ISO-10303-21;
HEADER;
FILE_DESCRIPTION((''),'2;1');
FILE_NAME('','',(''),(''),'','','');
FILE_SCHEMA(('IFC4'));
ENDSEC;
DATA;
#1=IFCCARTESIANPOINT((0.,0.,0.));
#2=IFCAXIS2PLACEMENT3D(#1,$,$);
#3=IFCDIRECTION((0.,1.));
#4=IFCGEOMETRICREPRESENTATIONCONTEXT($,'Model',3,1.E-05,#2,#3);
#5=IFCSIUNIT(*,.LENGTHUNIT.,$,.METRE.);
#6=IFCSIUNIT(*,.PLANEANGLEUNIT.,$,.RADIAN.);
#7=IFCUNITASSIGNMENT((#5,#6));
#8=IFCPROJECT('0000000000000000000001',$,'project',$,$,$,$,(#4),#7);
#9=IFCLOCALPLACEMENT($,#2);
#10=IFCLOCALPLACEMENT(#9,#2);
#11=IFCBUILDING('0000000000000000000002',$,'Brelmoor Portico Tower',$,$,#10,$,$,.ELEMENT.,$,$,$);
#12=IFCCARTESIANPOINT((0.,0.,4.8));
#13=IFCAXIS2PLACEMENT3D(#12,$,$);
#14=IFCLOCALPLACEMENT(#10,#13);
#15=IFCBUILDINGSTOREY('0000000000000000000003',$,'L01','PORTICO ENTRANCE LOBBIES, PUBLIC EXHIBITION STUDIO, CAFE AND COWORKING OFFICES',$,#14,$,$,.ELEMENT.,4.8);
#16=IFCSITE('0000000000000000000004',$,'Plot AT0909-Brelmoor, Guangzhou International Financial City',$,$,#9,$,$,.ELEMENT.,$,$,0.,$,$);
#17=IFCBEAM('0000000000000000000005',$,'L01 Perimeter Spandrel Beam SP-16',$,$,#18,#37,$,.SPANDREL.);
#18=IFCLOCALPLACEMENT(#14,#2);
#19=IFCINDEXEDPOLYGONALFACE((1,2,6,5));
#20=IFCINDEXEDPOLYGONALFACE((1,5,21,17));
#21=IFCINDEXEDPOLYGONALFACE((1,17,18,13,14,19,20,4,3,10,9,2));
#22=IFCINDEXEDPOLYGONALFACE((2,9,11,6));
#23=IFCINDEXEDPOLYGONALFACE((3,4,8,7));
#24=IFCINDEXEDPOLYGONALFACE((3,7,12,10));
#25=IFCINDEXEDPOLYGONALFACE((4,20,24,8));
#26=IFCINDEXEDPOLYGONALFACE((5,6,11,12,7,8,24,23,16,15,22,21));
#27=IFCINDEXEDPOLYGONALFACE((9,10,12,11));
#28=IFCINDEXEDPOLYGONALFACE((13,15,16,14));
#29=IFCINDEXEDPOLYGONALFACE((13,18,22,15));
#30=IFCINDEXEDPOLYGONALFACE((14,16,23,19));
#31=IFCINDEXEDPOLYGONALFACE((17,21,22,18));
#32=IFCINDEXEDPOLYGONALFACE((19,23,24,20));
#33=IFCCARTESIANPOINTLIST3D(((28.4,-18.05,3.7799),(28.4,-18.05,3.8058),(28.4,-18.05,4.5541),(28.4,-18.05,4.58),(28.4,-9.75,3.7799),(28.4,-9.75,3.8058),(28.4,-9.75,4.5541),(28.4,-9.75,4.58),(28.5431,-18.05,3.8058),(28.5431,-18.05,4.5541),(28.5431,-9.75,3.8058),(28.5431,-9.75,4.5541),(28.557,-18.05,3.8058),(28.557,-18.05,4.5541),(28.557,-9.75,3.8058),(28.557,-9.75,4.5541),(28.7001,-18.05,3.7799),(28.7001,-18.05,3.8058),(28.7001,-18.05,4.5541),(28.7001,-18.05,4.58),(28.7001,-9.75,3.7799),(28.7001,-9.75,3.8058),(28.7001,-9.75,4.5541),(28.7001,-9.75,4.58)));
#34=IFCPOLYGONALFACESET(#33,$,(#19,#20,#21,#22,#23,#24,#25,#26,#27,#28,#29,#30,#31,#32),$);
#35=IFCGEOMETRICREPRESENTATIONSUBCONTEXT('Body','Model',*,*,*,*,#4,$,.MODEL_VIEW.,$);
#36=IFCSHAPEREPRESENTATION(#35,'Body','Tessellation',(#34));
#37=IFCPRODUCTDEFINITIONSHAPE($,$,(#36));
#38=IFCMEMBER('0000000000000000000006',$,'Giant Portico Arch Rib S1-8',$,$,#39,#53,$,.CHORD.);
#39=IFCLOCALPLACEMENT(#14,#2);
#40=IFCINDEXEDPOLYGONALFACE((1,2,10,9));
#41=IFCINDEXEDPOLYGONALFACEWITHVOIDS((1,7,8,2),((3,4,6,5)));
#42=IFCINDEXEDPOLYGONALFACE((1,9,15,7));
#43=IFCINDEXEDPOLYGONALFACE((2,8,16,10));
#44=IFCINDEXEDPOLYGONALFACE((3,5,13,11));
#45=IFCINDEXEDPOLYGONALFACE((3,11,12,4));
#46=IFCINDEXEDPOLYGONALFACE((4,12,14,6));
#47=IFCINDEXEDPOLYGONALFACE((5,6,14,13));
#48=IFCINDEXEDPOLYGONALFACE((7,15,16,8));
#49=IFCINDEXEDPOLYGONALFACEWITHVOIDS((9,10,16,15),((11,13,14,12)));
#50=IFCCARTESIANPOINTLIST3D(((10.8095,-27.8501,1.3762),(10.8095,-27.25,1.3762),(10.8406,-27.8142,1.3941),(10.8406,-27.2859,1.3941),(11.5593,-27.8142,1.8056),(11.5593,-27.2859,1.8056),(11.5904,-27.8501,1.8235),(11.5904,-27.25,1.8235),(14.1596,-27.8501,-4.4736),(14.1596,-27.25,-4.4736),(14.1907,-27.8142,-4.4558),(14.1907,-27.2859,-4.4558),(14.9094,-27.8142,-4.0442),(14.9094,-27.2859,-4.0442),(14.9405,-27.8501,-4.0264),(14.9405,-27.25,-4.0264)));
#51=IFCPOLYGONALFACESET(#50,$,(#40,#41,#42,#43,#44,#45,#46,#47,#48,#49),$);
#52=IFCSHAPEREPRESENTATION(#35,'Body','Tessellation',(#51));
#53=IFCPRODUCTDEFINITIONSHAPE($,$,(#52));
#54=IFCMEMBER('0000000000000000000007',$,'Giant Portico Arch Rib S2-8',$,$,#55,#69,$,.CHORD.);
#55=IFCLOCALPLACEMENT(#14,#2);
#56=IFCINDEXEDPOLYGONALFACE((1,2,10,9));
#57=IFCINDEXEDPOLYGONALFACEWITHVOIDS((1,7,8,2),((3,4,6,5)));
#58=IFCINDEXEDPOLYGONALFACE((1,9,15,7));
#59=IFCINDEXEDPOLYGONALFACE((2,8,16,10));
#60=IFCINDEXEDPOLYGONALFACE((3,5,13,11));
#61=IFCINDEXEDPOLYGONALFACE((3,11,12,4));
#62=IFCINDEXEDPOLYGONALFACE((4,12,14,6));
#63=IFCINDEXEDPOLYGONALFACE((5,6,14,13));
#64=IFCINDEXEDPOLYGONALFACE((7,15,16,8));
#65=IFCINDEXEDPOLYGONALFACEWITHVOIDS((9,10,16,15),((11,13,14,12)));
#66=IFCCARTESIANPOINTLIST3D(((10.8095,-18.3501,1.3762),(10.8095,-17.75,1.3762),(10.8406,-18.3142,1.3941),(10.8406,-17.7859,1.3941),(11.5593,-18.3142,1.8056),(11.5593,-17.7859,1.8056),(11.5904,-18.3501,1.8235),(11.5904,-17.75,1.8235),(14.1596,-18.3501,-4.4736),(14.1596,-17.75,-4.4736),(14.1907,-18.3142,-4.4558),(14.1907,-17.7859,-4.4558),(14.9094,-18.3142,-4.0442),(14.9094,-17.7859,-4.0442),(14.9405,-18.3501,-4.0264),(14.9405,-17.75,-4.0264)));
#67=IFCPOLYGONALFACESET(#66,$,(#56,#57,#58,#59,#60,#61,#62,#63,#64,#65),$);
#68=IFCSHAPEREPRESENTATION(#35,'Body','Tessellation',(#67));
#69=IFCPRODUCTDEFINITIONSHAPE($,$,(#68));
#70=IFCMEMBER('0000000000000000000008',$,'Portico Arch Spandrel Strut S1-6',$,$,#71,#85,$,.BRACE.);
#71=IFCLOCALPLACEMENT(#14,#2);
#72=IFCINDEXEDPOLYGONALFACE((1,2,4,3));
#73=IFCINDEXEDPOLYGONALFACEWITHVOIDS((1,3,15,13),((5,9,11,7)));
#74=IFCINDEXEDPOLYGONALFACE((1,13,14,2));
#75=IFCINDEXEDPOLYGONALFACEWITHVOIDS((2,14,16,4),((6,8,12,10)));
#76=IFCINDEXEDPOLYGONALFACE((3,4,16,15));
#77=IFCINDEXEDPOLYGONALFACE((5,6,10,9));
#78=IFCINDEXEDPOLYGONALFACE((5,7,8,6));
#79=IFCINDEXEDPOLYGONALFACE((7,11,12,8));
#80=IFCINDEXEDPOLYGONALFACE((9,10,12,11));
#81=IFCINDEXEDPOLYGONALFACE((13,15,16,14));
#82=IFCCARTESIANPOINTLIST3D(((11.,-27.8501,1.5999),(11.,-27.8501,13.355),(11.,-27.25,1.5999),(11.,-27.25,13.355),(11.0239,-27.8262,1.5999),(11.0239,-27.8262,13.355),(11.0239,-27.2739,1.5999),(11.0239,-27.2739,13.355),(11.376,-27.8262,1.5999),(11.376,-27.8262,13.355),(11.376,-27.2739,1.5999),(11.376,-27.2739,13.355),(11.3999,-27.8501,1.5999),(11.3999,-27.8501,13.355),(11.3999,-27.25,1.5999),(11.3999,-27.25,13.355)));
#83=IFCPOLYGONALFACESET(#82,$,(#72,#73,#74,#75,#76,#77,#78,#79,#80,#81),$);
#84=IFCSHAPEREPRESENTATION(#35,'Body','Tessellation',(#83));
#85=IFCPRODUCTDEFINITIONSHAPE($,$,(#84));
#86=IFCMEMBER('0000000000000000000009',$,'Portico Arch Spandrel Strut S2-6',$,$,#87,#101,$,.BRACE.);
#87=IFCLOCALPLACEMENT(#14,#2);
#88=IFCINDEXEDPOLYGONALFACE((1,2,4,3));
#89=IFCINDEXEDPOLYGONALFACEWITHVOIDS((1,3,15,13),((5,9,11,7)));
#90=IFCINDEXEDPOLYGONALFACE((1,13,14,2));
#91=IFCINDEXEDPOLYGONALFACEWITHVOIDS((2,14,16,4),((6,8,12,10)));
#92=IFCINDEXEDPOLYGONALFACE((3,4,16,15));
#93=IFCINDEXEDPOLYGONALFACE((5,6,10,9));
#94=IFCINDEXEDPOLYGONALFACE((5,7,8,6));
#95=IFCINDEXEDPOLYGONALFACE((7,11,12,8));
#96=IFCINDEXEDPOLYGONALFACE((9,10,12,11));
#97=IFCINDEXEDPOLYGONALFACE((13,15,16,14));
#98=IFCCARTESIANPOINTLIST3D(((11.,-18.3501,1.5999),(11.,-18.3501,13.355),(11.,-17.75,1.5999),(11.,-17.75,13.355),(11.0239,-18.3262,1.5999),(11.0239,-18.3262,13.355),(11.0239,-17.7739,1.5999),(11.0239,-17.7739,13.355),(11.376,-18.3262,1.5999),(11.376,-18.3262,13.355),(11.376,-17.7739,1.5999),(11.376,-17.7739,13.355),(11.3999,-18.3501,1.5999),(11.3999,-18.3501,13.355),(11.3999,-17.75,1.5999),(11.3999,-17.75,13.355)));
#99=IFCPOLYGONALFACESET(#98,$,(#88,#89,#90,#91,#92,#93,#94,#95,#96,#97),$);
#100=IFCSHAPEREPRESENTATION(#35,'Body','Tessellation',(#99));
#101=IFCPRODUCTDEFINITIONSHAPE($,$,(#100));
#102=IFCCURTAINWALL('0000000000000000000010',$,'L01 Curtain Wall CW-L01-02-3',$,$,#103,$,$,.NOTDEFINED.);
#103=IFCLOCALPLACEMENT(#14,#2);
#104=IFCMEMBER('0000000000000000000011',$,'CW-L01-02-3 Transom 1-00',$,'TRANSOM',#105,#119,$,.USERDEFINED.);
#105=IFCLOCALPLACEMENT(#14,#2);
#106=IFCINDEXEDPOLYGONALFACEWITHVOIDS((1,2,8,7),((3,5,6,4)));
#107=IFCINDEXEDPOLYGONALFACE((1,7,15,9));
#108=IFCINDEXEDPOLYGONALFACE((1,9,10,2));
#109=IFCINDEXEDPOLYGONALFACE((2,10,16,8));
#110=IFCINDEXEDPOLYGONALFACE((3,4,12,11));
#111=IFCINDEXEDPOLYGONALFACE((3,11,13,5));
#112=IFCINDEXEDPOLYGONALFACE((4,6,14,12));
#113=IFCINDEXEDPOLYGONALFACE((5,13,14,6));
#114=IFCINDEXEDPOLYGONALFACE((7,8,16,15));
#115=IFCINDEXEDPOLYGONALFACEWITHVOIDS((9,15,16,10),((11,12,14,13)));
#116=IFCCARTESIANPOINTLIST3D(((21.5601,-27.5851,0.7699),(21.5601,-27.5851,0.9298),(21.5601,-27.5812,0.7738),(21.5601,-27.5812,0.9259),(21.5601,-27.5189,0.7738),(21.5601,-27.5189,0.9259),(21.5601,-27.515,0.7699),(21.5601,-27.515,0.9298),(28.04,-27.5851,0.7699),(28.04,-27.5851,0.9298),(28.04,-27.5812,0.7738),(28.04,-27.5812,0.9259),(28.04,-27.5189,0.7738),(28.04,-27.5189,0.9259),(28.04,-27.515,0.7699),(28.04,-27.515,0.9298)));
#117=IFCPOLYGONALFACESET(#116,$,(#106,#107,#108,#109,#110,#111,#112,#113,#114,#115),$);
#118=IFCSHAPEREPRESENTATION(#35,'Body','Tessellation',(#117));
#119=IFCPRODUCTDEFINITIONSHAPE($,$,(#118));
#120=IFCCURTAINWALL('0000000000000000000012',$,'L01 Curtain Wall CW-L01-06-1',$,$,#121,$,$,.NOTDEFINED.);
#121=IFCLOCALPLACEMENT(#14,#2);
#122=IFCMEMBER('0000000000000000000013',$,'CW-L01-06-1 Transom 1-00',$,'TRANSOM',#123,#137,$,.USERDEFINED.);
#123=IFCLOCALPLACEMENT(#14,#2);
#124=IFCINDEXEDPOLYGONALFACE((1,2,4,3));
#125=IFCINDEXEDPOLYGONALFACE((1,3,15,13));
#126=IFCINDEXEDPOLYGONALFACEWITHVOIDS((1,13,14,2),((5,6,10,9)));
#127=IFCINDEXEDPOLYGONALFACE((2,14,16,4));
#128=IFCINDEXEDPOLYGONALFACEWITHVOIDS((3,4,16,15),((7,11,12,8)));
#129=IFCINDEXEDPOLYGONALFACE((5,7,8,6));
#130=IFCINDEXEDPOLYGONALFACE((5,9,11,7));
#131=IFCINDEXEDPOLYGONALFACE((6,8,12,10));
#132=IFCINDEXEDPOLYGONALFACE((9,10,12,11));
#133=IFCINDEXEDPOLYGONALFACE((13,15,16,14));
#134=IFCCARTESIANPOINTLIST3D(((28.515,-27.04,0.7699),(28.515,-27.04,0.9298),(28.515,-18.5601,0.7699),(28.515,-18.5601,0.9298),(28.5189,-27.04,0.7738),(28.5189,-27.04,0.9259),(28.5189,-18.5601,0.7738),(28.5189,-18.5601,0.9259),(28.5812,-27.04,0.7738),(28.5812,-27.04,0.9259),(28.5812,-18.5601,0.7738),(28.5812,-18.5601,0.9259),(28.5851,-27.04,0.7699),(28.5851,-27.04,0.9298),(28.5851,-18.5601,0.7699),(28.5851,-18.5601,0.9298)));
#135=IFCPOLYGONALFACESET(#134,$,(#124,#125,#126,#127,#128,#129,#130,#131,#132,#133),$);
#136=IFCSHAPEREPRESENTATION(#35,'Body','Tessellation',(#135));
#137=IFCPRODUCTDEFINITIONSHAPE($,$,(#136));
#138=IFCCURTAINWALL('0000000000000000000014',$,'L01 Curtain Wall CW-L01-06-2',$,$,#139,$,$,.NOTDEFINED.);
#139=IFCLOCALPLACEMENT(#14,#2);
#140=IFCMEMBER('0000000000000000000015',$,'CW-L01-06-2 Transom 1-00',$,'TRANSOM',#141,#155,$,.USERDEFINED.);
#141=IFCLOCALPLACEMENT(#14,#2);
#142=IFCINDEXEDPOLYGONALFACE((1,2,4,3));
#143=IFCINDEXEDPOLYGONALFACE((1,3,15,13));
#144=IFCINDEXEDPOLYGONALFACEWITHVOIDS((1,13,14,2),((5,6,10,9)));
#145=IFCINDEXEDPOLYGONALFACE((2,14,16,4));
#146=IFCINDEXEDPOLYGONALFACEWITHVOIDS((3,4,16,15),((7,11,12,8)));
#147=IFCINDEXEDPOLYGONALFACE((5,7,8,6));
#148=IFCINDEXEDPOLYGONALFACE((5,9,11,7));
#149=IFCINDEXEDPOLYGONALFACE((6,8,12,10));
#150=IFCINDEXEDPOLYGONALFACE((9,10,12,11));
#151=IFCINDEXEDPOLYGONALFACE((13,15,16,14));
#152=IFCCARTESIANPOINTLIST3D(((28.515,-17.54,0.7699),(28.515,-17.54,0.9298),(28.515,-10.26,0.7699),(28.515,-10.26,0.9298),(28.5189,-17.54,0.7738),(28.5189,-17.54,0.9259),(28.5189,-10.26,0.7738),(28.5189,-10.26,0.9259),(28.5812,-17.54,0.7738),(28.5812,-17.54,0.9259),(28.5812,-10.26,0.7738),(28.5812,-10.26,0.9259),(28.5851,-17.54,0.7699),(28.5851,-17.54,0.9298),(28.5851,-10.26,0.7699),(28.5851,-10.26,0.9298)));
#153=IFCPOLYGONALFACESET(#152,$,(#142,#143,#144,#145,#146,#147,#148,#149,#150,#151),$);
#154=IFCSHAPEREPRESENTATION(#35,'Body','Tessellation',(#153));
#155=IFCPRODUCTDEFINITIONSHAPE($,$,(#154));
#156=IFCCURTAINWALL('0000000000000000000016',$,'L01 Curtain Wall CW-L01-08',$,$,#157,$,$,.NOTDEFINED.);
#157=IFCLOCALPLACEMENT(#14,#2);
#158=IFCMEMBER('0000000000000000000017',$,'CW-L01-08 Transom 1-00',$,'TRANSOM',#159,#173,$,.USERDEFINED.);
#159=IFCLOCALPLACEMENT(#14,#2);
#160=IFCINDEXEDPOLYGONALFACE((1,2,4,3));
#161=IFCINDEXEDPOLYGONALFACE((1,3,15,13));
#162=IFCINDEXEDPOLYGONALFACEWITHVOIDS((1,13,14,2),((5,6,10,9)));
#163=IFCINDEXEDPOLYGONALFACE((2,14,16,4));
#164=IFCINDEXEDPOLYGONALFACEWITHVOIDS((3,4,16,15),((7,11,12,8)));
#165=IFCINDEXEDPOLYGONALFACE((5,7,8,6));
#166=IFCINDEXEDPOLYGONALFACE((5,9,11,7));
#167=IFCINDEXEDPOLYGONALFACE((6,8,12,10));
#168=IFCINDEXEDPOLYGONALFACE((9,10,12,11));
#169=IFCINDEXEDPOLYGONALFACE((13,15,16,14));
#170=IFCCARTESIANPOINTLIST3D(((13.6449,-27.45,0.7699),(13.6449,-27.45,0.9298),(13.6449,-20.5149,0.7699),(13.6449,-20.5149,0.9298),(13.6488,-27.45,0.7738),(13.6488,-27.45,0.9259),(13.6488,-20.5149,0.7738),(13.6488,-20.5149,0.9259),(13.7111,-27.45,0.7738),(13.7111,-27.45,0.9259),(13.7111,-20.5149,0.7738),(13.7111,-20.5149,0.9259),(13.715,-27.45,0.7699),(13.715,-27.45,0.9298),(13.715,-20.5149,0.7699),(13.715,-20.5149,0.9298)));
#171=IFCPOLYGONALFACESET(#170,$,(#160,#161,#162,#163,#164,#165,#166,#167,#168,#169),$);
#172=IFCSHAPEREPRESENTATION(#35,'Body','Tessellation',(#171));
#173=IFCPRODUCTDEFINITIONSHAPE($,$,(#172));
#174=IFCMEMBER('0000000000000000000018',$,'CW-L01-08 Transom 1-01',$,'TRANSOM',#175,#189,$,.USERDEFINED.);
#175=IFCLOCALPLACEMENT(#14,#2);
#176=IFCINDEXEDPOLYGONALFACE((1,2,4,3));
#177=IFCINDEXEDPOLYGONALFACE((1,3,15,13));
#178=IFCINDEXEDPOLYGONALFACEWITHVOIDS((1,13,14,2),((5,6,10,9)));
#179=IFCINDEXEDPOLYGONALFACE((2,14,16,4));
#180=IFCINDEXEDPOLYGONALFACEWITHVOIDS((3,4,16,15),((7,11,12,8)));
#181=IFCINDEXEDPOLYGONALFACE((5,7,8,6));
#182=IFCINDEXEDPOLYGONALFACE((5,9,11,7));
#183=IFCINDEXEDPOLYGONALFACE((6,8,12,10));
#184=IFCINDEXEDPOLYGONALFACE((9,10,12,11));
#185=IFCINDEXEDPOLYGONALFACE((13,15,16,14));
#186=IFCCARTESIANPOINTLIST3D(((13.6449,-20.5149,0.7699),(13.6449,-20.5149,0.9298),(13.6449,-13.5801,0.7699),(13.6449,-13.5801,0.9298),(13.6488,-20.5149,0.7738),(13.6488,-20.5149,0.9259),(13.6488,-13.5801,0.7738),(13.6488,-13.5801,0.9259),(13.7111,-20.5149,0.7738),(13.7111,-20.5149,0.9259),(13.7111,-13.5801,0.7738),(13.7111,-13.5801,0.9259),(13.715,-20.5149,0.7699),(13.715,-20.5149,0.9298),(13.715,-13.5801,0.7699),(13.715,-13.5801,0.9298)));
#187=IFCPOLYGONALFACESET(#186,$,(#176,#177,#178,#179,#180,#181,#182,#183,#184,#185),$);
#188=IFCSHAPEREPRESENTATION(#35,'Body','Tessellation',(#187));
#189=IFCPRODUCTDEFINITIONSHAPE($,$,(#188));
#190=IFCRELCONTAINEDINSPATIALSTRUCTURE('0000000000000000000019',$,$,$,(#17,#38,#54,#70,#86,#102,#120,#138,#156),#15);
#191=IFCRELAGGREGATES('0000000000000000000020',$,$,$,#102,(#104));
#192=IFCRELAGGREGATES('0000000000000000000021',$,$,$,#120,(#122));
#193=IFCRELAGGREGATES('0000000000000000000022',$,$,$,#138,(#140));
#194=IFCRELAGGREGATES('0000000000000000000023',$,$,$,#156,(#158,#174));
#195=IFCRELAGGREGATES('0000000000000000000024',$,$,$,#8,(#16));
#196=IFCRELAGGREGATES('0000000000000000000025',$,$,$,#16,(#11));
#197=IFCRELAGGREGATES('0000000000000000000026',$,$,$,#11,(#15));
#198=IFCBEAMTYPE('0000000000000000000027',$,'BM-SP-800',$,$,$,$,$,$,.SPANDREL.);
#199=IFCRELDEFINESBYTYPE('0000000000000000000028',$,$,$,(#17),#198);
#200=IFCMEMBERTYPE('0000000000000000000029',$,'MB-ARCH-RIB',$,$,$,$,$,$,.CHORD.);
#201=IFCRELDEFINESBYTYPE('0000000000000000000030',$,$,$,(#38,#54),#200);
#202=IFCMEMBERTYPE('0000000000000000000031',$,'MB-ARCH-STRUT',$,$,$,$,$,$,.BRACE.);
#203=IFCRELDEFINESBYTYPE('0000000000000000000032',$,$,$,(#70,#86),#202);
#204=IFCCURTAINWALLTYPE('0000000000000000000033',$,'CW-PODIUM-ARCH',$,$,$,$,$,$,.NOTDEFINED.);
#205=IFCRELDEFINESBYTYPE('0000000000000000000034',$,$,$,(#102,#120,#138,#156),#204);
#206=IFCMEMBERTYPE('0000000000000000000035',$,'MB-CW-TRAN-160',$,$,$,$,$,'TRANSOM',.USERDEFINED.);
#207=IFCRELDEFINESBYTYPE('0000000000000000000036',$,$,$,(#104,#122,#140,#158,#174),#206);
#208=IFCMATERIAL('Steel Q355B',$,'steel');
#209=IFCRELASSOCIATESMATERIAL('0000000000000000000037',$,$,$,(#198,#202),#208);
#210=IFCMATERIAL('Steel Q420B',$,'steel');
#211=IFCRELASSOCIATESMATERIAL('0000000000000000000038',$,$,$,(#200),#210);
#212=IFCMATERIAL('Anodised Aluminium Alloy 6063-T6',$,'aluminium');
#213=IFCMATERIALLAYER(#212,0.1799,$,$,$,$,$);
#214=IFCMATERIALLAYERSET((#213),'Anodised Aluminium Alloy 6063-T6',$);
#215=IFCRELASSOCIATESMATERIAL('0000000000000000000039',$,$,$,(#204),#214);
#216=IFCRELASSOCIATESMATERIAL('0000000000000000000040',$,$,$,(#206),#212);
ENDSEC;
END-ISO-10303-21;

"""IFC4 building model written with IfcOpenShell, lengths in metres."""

from ifc_helpers import new_model, si_unit, direction, frame, origin, origin_2d, place, context, subcontext, project, spatial, hollow_rectangle, i_section, extrude, material, layer, layer_set, material_profile, profile_set, type_object, element, aggregate, save


model = new_model("IFC4")

# Units and contexts
model_context = context("Model", 3, precision=1e-05, world=origin(), true_north=direction((0.0, 1.0)))
body_context = subcontext(model_context, "Body", "Model", "MODEL_VIEW")
ifc_project = project(units=[si_unit("LENGTHUNIT", "METRE"), si_unit("PLANEANGLEUNIT", "RADIAN")], contexts=[model_context])

# Site, building, storey
site_placement = place(None, origin())
site = spatial("IfcSite", under=ifc_project, at=site_placement, Name="Plot AT0909-Brelmoor, Guangzhou International Financial City", CompositionType="ELEMENT", RefElevation=0.0)
building_placement = place(site_placement, origin())
building = spatial("IfcBuilding", under=site, at=building_placement, Name="Brelmoor Portico Tower", CompositionType="ELEMENT")
storey_placement = place(building_placement, frame((0.0, 0.0, 4.8)))
storey = spatial("IfcBuildingStorey", under=building, at=storey_placement, Name="L01", Description="PORTICO ENTRANCE LOBBIES, PUBLIC EXHIBITION STUDIO, CAFE AND COWORKING OFFICES", CompositionType="ELEMENT", Elevation=4.8)

# Beam
ifc_material_1 = material(Name="Steel Q355B", Category="steel")
ifc_material_profile_1 = material_profile(ifc_material_1, i_section(OverallWidth=0.3, OverallDepth=0.8, WebThickness=0.0139, FlangeThickness=0.0259, at=origin_2d()), Name="HN 800x300x14x26")
ifc_profile_set_1 = profile_set([ifc_material_profile_1], Name="Steel Q355B")
beam_type_1 = type_object("IfcBeamType", Name="BM-SP-800", PredefinedType="SPANDREL", material=ifc_profile_set_1)
beam_1_placement = place(storey_placement, frame((28.55, -18.05, 4.1799), z_axis=(0.0, 1.0, 0.0), x_axis=(-1.0, 0.0, 0.0)))
element("IfcBeam", 1, at=beam_1_placement, inside=storey, type_object=beam_type_1, Name="L01 Perimeter Spandrel Beam SP-16", PredefinedType="SPANDREL", context=body_context, shape_type="SweptSolid", body=[
    extrude(i_section(OverallWidth=0.3, OverallDepth=0.8, WebThickness=0.0139, FlangeThickness=0.0259, at=origin_2d()), origin(), (0.0, 0.0, 1.0), 8.3),
])

# Members
ifc_material_2 = material(Name="Steel Q420B", Category="steel")
ifc_material_profile_2 = material_profile(ifc_material_2, hollow_rectangle(XDim=0.6001, YDim=0.8999, WallThickness=0.0359, at=origin_2d()), Name="RHS 600x900x36")
ifc_profile_set_2 = profile_set([ifc_material_profile_2], Name="Steel Q420B")
member_type_1 = type_object("IfcMemberType", Name="MB-ARCH-RIB", PredefinedType="CHORD", material=ifc_profile_set_2)
for number, where, z_axis, x_axis, name in (
    (2, (11.2, -27.55, 1.5999), (0.496958, 0.0, -0.867775), (0.0, 1.0, 0.0), "Giant Portico Arch Rib S1-8"),
    (3, (11.2, -18.05, 1.5999), (0.496958, 0.0, -0.867775), (0.0, 1.0, 0.0), "Giant Portico Arch Rib S2-8"),
):
    element("IfcMember", number, at=place(storey_placement, frame(where, z_axis=z_axis, x_axis=x_axis)), inside=storey, type_object=member_type_1, Name=name, PredefinedType="CHORD", context=body_context, shape_type="SweptSolid", body=[
        extrude(hollow_rectangle(XDim=0.6001, YDim=0.8999, WallThickness=0.0359, at=origin_2d()), origin(), (0.0, 0.0, 1.0), 6.7412),
    ])
ifc_material_profile_3 = material_profile(ifc_material_1, hollow_rectangle(XDim=0.3999, YDim=0.6001, WallThickness=0.0239, at=origin_2d()), Name="RHS 400x600x24")
ifc_profile_set_3 = profile_set([ifc_material_profile_3], Name="Steel Q355B")
member_type_2 = type_object("IfcMemberType", Name="MB-ARCH-STRUT", PredefinedType="BRACE", material=ifc_profile_set_3)
for number, where, z_axis, x_axis, name in (
    (4, (11.2, -27.55, 1.5999), (0.0, 0.0, 1.0), (1.0, 0.0, 0.0), "Portico Arch Spandrel Strut S1-6"),
    (5, (11.2, -18.05, 1.5999), (0.0, 0.0, 1.0), (1.0, 0.0, 0.0), "Portico Arch Spandrel Strut S2-6"),
):
    element("IfcMember", number, at=place(storey_placement, frame(where, z_axis=z_axis, x_axis=x_axis)), inside=storey, type_object=member_type_2, Name=name, PredefinedType="BRACE", context=body_context, shape_type="SweptSolid", body=[
        extrude(hollow_rectangle(XDim=0.3999, YDim=0.6001, WallThickness=0.0239, at=origin_2d()), origin(), (0.0, 0.0, 1.0), 11.7551),
    ])

# Curtain walls, members
ifc_material_3 = material(Name="Anodised Aluminium Alloy 6063-T6", Category="aluminium")
ifc_layer_1 = layer(ifc_material_3, 0.1799)
ifc_layer_set_1 = layer_set([ifc_layer_1], Name="Anodised Aluminium Alloy 6063-T6")
curtain_wall_type = type_object("IfcCurtainWallType", Name="CW-PODIUM-ARCH", PredefinedType="NOTDEFINED", material=ifc_layer_set_1)
curtain_wall_1_placement = place(storey_placement, origin())
curtain_wall_1 = element("IfcCurtainWall", 6, at=curtain_wall_1_placement, inside=storey, type_object=curtain_wall_type, Name="L01 Curtain Wall CW-L01-02-3", PredefinedType="NOTDEFINED")
ifc_material_profile_4 = material_profile(ifc_material_3, hollow_rectangle(XDim=0.0701, YDim=0.1599, WallThickness=0.0039, at=origin_2d()), Name="ALU TRANSOM 70x160")
ifc_profile_set_4 = profile_set([ifc_material_profile_4], Name="Anodised Aluminium Alloy 6063-T6")
member_type_3 = type_object("IfcMemberType", Name="MB-CW-TRAN-160", ElementType="TRANSOM", PredefinedType="USERDEFINED", material=ifc_profile_set_4)
member_1_placement = place(storey_placement, frame((21.5601, -27.55, 0.8499), z_axis=(1.0, 0.0, 0.0), x_axis=(0.0, 1.0, 0.0)))
member_1 = element("IfcMember", 7, at=member_1_placement, type_object=member_type_3, Name="CW-L01-02-3 Transom 1-00", ObjectType="TRANSOM", PredefinedType="USERDEFINED", context=body_context, shape_type="SweptSolid", body=[
    extrude(hollow_rectangle(XDim=0.0701, YDim=0.1599, WallThickness=0.0039, at=origin_2d()), origin(), (0.0, 0.0, 1.0), 6.48),
])
curtain_wall_2_placement = place(storey_placement, origin())
curtain_wall_2 = element("IfcCurtainWall", 8, at=curtain_wall_2_placement, inside=storey, type_object=curtain_wall_type, Name="L01 Curtain Wall CW-L01-06-1", PredefinedType="NOTDEFINED")
member_2_placement = place(storey_placement, frame((28.55, -27.04, 0.8499), z_axis=(0.0, 1.0, 0.0), x_axis=(-1.0, 0.0, 0.0)))
member_2 = element("IfcMember", 9, at=member_2_placement, type_object=member_type_3, Name="CW-L01-06-1 Transom 1-00", ObjectType="TRANSOM", PredefinedType="USERDEFINED", context=body_context, shape_type="SweptSolid", body=[
    extrude(hollow_rectangle(XDim=0.0701, YDim=0.1599, WallThickness=0.0039, at=origin_2d()), origin(), (0.0, 0.0, 1.0), 8.48),
])
curtain_wall_3_placement = place(storey_placement, origin())
curtain_wall_3 = element("IfcCurtainWall", 10, at=curtain_wall_3_placement, inside=storey, type_object=curtain_wall_type, Name="L01 Curtain Wall CW-L01-06-2", PredefinedType="NOTDEFINED")
member_3_placement = place(storey_placement, frame((28.55, -17.54, 0.8499), z_axis=(0.0, 1.0, 0.0), x_axis=(-1.0, 0.0, 0.0)))
member_3 = element("IfcMember", 11, at=member_3_placement, type_object=member_type_3, Name="CW-L01-06-2 Transom 1-00", ObjectType="TRANSOM", PredefinedType="USERDEFINED", context=body_context, shape_type="SweptSolid", body=[
    extrude(hollow_rectangle(XDim=0.0701, YDim=0.1599, WallThickness=0.0039, at=origin_2d()), origin(), (0.0, 0.0, 1.0), 7.28),
])

# Curtain wall, members
curtain_wall_4_placement = place(storey_placement, origin())
curtain_wall_4 = element("IfcCurtainWall", 12, at=curtain_wall_4_placement, inside=storey, type_object=curtain_wall_type, Name="L01 Curtain Wall CW-L01-08", PredefinedType="NOTDEFINED")
member_4_placement = place(storey_placement, frame((13.6799, -27.45, 0.8499), z_axis=(0.0, 1.0, 0.0), x_axis=(-1.0, 0.0, 0.0)))
member_4 = element("IfcMember", 13, at=member_4_placement, type_object=member_type_3, Name="CW-L01-08 Transom 1-00", ObjectType="TRANSOM", PredefinedType="USERDEFINED", context=body_context, shape_type="SweptSolid", body=[
    extrude(hollow_rectangle(XDim=0.0701, YDim=0.1599, WallThickness=0.0039, at=origin_2d()), origin(), (0.0, 0.0, 1.0), 6.9351),
])
member_5_placement = place(storey_placement, frame((13.6799, -20.5149, 0.8499), z_axis=(0.0, 1.0, 0.0), x_axis=(-1.0, 0.0, 0.0)))
member_5 = element("IfcMember", 14, at=member_5_placement, type_object=member_type_3, Name="CW-L01-08 Transom 1-01", ObjectType="TRANSOM", PredefinedType="USERDEFINED", context=body_context, shape_type="SweptSolid", body=[
    extrude(hollow_rectangle(XDim=0.0701, YDim=0.1599, WallThickness=0.0039, at=origin_2d()), origin(), (0.0, 0.0, 1.0), 6.9348),
])

aggregate(curtain_wall_1, [member_1])
aggregate(curtain_wall_2, [member_2])
aggregate(curtain_wall_3, [member_3])
aggregate(curtain_wall_4, [member_4, member_5])

save(model, "model.ifc")
